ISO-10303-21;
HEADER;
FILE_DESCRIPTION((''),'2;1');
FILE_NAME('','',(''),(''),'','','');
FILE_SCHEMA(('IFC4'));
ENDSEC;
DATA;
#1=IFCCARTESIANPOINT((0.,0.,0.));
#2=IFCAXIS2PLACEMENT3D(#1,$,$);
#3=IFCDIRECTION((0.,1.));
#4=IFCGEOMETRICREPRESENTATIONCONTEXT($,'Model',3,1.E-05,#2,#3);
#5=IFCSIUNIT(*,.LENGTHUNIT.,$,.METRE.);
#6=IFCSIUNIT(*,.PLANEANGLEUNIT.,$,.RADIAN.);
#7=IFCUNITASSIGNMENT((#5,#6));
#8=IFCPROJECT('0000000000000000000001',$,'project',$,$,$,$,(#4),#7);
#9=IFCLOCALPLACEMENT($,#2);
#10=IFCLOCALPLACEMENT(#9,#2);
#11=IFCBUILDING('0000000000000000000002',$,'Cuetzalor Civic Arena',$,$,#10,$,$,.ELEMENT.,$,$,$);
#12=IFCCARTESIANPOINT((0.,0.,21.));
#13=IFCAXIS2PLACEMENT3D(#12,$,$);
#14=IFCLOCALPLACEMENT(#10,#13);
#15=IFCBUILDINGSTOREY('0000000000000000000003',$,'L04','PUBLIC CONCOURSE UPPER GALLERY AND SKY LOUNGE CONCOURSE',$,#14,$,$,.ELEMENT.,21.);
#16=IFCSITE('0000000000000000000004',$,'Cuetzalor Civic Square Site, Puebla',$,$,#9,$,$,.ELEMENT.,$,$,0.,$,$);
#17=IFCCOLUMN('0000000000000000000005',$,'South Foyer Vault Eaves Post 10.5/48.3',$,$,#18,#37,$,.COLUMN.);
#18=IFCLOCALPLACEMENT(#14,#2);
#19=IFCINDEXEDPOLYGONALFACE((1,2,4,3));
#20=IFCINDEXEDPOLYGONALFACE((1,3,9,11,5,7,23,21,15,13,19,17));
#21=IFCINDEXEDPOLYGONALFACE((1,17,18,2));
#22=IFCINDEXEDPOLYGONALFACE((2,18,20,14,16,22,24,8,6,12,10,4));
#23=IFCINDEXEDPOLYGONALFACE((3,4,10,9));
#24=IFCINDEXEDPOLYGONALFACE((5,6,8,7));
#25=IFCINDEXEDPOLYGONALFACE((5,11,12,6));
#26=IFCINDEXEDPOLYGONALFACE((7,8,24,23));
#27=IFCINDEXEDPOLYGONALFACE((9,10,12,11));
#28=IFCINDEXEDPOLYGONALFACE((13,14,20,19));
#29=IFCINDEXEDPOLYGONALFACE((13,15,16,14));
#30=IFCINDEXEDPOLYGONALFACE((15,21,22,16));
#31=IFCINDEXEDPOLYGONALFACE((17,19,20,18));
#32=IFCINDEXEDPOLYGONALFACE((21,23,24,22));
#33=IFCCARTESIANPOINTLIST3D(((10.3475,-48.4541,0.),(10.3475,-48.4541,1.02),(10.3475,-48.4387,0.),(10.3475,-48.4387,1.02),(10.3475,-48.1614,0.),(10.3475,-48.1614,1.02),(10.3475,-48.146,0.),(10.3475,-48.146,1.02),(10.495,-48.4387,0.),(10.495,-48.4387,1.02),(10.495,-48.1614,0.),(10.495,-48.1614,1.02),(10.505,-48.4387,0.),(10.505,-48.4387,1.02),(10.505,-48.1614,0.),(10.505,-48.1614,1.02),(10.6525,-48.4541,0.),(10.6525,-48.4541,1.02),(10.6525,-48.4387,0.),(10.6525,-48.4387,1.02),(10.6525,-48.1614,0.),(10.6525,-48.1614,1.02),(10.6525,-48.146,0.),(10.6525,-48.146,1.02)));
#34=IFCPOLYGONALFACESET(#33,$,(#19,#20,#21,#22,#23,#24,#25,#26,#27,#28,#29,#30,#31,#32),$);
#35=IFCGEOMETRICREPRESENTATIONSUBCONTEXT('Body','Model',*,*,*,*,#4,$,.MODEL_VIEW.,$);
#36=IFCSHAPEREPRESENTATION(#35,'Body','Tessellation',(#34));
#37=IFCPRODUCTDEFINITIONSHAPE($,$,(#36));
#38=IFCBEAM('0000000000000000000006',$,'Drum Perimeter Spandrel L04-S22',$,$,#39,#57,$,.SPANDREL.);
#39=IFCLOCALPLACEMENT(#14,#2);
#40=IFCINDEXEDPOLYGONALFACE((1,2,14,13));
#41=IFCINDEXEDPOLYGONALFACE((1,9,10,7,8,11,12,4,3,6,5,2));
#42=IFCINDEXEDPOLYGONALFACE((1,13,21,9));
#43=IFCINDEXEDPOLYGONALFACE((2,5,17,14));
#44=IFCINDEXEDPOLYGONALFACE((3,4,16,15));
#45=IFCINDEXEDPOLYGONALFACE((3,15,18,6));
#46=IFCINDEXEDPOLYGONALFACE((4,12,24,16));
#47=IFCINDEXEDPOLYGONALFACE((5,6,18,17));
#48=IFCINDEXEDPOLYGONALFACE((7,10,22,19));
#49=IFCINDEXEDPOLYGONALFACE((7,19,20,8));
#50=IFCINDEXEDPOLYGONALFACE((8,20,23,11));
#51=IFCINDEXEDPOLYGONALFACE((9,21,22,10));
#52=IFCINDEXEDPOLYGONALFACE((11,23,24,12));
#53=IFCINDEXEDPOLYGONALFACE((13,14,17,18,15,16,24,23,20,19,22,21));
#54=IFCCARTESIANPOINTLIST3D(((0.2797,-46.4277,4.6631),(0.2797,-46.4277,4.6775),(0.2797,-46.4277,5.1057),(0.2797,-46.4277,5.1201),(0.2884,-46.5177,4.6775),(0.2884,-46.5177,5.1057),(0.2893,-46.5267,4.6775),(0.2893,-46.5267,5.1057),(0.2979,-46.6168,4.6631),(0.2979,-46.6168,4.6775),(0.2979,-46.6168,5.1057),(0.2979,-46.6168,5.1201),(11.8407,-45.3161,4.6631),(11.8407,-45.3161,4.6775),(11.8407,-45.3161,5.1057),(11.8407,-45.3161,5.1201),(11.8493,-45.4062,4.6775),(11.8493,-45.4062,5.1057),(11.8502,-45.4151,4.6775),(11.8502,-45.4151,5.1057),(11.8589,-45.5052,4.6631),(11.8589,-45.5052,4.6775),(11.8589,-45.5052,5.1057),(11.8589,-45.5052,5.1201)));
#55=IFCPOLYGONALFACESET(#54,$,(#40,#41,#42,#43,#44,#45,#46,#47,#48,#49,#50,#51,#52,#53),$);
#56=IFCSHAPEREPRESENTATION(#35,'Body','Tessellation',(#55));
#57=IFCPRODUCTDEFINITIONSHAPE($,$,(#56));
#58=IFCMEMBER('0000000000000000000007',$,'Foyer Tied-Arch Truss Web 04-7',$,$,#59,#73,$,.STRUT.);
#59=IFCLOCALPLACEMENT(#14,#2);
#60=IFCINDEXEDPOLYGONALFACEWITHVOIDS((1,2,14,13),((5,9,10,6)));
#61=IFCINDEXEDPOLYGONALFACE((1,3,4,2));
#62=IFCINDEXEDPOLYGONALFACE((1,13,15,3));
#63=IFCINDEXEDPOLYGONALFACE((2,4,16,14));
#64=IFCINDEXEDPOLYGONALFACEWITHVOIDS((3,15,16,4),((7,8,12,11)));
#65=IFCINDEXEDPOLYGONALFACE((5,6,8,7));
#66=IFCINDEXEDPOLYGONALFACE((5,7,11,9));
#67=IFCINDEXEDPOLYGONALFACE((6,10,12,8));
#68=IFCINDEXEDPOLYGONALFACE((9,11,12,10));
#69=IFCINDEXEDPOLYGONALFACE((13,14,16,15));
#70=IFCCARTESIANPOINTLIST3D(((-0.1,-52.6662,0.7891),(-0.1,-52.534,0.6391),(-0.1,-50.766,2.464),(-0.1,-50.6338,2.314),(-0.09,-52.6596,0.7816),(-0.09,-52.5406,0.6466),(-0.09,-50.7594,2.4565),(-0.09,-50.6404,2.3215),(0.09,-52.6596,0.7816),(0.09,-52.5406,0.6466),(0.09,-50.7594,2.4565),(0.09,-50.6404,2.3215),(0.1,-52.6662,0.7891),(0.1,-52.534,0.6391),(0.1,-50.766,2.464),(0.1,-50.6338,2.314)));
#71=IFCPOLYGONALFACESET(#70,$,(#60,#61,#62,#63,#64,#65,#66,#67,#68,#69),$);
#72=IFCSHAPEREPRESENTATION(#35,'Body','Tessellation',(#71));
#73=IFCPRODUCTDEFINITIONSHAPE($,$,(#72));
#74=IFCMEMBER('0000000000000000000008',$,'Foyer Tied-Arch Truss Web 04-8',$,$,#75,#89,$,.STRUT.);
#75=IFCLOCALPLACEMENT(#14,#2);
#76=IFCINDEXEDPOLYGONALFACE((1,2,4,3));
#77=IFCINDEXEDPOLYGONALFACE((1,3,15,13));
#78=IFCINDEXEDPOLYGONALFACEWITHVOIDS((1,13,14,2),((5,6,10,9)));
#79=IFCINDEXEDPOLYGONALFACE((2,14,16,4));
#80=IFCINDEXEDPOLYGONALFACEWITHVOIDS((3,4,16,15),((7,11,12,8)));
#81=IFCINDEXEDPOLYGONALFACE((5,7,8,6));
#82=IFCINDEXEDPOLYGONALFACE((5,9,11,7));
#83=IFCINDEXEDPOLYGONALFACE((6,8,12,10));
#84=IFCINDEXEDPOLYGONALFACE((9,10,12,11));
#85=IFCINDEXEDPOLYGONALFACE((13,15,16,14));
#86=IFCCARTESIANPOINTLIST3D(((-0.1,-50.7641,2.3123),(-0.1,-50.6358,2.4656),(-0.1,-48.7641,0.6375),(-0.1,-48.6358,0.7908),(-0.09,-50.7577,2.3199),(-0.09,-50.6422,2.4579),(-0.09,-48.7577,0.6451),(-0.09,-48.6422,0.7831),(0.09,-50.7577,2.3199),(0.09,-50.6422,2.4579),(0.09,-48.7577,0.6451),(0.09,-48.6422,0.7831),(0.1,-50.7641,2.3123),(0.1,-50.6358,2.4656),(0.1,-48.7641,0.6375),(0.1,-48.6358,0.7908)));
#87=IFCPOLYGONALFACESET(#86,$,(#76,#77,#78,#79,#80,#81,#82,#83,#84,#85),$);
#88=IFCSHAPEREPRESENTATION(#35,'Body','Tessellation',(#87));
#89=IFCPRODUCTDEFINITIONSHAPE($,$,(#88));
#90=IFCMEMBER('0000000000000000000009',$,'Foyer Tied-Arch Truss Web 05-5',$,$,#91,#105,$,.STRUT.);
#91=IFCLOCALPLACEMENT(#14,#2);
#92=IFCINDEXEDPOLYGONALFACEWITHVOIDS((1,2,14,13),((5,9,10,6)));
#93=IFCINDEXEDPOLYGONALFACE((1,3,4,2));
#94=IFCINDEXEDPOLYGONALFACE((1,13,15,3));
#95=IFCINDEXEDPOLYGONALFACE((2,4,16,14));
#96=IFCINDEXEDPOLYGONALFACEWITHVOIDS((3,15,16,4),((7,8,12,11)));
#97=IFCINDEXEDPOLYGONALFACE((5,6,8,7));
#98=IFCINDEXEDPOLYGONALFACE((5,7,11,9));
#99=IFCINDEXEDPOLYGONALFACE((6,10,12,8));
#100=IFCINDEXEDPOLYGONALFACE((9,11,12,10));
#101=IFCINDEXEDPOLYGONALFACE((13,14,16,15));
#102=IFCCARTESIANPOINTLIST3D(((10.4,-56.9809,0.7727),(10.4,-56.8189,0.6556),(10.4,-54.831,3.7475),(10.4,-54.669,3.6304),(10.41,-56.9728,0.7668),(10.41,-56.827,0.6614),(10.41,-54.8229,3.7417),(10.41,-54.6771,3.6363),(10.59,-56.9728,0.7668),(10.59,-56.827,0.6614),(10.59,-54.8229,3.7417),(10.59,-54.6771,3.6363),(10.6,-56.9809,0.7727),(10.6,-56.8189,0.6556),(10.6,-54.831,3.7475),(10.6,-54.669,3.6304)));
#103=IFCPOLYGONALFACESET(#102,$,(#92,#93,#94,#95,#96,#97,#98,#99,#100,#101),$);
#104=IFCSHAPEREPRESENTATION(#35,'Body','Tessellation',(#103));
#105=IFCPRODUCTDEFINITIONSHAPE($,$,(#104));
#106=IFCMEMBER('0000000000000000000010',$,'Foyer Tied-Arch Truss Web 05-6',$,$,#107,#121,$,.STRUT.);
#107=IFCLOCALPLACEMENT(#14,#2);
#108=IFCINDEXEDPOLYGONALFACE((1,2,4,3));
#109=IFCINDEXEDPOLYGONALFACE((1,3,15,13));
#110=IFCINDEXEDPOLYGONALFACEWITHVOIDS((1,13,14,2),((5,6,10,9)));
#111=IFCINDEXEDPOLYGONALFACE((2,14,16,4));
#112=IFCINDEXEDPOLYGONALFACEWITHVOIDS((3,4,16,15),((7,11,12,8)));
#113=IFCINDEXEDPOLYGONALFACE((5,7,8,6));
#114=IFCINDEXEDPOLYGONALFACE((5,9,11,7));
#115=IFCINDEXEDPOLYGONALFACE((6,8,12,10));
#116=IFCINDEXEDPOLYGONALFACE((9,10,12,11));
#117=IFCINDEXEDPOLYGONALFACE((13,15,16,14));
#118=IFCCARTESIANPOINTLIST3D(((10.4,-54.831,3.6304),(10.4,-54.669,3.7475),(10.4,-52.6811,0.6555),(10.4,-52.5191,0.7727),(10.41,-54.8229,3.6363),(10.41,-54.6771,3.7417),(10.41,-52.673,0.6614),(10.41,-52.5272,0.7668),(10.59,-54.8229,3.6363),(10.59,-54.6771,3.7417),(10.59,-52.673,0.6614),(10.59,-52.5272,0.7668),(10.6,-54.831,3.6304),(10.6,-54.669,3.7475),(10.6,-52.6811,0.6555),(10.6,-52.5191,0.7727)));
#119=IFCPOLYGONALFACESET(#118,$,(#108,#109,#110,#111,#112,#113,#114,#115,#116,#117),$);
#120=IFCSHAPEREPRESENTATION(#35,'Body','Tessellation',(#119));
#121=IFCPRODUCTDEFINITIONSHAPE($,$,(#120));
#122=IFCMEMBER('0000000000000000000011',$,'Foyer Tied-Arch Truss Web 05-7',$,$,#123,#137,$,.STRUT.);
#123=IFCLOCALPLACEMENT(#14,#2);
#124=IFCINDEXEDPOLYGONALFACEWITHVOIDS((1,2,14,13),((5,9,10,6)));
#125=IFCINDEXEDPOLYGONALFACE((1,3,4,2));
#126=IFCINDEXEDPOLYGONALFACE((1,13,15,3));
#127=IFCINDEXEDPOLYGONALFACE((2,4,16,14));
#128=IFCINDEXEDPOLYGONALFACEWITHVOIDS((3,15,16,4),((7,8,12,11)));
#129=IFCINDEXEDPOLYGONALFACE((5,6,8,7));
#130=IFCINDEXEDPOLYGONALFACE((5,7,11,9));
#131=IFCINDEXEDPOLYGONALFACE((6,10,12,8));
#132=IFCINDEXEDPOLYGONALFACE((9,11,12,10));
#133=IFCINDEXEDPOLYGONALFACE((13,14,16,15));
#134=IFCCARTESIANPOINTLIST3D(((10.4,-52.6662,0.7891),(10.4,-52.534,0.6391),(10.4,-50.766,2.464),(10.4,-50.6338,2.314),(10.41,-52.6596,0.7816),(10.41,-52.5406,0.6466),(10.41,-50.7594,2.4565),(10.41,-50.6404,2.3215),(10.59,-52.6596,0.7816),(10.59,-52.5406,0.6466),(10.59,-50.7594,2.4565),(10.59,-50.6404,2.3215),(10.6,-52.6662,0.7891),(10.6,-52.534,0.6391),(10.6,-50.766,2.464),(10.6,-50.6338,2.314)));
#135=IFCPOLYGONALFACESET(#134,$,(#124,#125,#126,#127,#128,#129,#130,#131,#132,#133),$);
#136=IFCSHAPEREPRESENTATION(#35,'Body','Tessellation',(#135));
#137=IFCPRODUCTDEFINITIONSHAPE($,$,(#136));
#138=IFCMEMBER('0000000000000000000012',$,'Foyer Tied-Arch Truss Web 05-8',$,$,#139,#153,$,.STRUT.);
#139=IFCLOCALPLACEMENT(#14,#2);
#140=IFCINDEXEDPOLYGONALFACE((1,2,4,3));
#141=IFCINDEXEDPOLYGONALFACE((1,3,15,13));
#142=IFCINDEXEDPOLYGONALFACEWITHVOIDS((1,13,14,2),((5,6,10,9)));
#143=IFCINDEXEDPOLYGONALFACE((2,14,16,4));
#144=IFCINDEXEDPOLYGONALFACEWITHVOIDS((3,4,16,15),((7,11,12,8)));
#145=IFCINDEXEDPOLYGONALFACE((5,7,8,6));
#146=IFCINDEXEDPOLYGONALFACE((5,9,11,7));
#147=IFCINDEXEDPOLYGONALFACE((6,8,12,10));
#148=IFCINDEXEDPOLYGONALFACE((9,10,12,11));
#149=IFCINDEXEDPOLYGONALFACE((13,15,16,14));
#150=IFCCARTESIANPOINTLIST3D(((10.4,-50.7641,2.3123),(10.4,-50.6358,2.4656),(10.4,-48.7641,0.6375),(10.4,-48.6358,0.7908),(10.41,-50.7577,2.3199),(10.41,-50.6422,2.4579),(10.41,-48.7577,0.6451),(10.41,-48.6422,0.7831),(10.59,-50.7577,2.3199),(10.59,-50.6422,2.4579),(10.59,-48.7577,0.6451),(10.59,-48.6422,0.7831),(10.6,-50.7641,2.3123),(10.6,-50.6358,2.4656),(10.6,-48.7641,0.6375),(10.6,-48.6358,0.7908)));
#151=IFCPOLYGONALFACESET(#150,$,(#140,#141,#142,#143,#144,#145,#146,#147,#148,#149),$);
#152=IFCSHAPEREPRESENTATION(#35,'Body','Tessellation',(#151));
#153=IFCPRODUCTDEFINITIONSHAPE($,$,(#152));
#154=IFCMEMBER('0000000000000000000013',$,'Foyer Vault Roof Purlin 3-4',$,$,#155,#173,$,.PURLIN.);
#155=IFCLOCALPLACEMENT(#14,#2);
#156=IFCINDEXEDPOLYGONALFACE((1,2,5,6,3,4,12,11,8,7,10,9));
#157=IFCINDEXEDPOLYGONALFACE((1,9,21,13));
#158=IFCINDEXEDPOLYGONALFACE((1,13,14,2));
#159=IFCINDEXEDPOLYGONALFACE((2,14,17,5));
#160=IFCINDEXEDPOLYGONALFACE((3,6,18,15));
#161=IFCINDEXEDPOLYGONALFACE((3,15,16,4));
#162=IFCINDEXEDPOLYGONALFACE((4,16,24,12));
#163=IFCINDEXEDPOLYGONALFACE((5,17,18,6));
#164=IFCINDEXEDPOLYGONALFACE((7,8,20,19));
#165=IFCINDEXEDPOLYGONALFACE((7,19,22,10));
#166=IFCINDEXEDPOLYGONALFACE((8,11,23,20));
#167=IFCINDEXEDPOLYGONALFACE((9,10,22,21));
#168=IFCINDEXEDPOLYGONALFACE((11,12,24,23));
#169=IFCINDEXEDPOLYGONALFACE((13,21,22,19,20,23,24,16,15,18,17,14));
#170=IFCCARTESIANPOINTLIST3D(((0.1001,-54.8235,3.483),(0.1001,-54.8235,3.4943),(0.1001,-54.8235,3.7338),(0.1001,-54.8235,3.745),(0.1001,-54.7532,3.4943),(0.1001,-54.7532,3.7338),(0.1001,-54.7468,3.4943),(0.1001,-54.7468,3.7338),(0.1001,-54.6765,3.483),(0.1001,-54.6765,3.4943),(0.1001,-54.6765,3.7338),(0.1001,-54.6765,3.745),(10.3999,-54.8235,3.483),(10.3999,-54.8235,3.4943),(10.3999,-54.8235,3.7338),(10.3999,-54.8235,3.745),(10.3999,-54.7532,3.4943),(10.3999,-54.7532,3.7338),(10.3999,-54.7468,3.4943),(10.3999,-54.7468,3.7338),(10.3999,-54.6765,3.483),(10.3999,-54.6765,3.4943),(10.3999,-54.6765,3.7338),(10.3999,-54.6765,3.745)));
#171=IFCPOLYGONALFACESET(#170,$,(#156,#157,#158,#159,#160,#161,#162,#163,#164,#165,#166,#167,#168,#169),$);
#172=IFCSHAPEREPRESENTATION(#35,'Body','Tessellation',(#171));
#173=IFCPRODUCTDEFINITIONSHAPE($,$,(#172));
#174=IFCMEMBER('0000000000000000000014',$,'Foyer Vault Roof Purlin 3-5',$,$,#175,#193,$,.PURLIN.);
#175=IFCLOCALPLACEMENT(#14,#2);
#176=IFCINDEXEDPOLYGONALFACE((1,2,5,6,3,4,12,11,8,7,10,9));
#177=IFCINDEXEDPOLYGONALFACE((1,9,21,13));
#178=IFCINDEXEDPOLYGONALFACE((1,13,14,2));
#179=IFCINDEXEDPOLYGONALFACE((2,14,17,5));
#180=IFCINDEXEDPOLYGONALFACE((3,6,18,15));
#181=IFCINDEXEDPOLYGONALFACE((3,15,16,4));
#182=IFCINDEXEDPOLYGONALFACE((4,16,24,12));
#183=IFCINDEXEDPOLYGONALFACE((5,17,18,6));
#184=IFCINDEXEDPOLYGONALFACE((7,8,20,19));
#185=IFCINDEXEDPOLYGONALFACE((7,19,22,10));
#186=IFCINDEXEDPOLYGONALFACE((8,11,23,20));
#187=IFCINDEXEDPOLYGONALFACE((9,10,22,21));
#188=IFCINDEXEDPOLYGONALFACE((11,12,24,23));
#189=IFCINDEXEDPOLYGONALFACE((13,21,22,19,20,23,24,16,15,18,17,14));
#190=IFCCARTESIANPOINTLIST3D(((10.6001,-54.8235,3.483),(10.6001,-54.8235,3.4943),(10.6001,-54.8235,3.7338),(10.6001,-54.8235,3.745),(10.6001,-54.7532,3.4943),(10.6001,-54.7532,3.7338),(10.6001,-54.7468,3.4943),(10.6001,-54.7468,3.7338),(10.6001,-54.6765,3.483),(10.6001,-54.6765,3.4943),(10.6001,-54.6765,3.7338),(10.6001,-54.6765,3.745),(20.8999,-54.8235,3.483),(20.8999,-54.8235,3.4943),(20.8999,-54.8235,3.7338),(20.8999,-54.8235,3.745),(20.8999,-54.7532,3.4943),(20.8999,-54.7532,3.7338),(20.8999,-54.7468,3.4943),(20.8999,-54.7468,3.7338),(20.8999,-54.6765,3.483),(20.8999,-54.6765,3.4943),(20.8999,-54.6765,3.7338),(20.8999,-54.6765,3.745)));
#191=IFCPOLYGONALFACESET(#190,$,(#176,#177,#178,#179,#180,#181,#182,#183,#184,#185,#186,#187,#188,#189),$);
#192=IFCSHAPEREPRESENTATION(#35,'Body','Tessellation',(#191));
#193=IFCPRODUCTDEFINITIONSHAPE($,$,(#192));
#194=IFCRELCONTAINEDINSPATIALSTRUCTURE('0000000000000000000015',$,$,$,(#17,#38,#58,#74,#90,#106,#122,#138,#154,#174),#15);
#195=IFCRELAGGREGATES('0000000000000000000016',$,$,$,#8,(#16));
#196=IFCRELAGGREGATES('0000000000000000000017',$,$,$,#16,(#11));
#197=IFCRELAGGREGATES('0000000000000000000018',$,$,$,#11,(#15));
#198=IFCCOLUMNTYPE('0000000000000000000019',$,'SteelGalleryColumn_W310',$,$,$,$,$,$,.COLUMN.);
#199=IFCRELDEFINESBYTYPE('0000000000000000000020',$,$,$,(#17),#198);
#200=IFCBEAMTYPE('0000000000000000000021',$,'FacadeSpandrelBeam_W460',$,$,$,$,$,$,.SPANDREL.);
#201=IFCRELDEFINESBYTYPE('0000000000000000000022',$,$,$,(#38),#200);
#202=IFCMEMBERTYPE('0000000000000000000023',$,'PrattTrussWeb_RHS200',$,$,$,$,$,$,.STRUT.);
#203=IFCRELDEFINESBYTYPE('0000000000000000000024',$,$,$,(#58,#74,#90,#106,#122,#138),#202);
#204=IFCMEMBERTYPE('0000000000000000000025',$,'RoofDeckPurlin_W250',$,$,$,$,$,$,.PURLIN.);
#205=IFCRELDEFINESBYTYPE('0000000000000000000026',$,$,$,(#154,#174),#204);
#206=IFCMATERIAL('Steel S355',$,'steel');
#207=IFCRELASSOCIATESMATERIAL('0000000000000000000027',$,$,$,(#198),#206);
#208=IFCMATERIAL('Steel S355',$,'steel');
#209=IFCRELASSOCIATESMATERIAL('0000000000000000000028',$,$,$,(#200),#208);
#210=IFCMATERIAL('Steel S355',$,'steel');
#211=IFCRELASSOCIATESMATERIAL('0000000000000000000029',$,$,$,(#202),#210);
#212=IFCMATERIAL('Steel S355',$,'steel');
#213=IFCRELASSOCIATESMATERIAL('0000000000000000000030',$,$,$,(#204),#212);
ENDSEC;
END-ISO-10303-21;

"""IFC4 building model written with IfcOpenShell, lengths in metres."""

from ifc_helpers import new_model, si_unit, direction, frame, origin, origin_2d, place, context, subcontext, project, spatial, hollow_rectangle, i_section, extrude, material, material_profile, profile_set, type_object, element, save


model = new_model("IFC4")

# Units and contexts
model_context = context("Model", 3, precision=1e-05, world=origin(), true_north=direction((0.0, 1.0)))
body_context = subcontext(model_context, "Body", "Model", "MODEL_VIEW")
ifc_project = project(units=[si_unit("LENGTHUNIT", "METRE"), si_unit("PLANEANGLEUNIT", "RADIAN")], contexts=[model_context])

# Site, building, storey
site_placement = place(None, origin())
site = spatial("IfcSite", under=ifc_project, at=site_placement, Name="Cuetzalor Civic Square Site, Puebla", CompositionType="ELEMENT", RefElevation=0.0)
building_placement = place(site_placement, origin())
building = spatial("IfcBuilding", under=site, at=building_placement, Name="Cuetzalor Civic Arena", CompositionType="ELEMENT")
storey_placement = place(building_placement, frame((0.0, 0.0, 21.0)))
storey = spatial("IfcBuildingStorey", under=building, at=storey_placement, Name="L04", Description="PUBLIC CONCOURSE UPPER GALLERY AND SKY LOUNGE CONCOURSE", CompositionType="ELEMENT", Elevation=21.0)

# Column
ifc_material_1 = material(Name="Steel S355", Category="steel")
ifc_material_profile_1 = material_profile(ifc_material_1, i_section(OverallWidth=0.3049, OverallDepth=0.3081, WebThickness=0.01, FlangeThickness=0.0154, at=origin_2d()), Name="W310x97")
ifc_profile_set_1 = profile_set([ifc_material_profile_1], Name="Steel S355")
column_type = type_object("IfcColumnType", Name="SteelGalleryColumn_W310", PredefinedType="COLUMN", material=ifc_profile_set_1)
column_placement = place(storey_placement, frame((10.5, -48.3, 0.0), z_axis=(0.0, 0.0, 1.0), x_axis=(1.0, 0.0, 0.0)))
element("IfcColumn", 1, at=column_placement, inside=storey, type_object=column_type, Name="South Foyer Vault Eaves Post 10.5/48.3", PredefinedType="COLUMN", context=body_context, shape_type="SweptSolid", body=[
    extrude(i_section(OverallWidth=0.3049, OverallDepth=0.3081, WebThickness=0.01, FlangeThickness=0.0154, at=origin_2d()), origin(), (0.0, 0.0, 1.0), 1.02),
])

# Beam
ifc_material_2 = material(Name="Steel S355", Category="steel")
ifc_material_profile_2 = material_profile(ifc_material_2, i_section(OverallWidth=0.1899, OverallDepth=0.457, WebThickness=0.009, FlangeThickness=0.0144, at=origin_2d()), Name="W460x74")
ifc_profile_set_2 = profile_set([ifc_material_profile_2], Name="Steel S355")
beam_type_1 = type_object("IfcBeamType", Name="FacadeSpandrelBeam_W460", PredefinedType="SPANDREL", material=ifc_profile_set_2)
beam_1_placement = place(storey_placement, frame((0.2888, -46.5222, 4.8916), z_axis=(0.99541, 0.095707, 0.0), x_axis=(-0.095707, 0.99541, 0.0)))
element("IfcBeam", 2, at=beam_1_placement, inside=storey, type_object=beam_type_1, Name="Drum Perimeter Spandrel L04-S22", PredefinedType="SPANDREL", context=body_context, shape_type="SweptSolid", body=[
    extrude(i_section(OverallWidth=0.1899, OverallDepth=0.457, WebThickness=0.009, FlangeThickness=0.0144, at=origin_2d()), origin(), (0.0, 0.0, 1.0), 11.6143),
])

# Members
ifc_material_3 = material(Name="Steel S355", Category="steel")
ifc_material_profile_3 = material_profile(ifc_material_3, hollow_rectangle(XDim=0.2, YDim=0.2, WallThickness=0.01, at=origin_2d()), Name="RHS 200x200x10")
ifc_profile_set_3 = profile_set([ifc_material_profile_3], Name="Steel S355")
member_type_1 = type_object("IfcMemberType", Name="PrattTrussWeb_RHS200", PredefinedType="STRUT", material=ifc_profile_set_3)
member_1_placement = place(storey_placement, frame((0.0, -52.6001, 0.7141), z_axis=(0.0, 0.750189, 0.661223), x_axis=(-1.0, 0.0, 0.0)))
element("IfcMember", 3, at=member_1_placement, inside=storey, type_object=member_type_1, Name="Foyer Tied-Arch Truss Web 04-7", PredefinedType="STRUT", context=body_context, shape_type="SweptSolid", body=[
    extrude(hollow_rectangle(XDim=0.2, YDim=0.2, WallThickness=0.01, at=origin_2d()), origin(), (0.0, 0.0, 1.0), 2.533),
])
member_2_placement = place(storey_placement, frame((0.0, -50.7, 2.3889), z_axis=(0.0, 0.766685, -0.642024), x_axis=(-1.0, 0.0, 0.0)))
element("IfcMember", 4, at=member_2_placement, inside=storey, type_object=member_type_1, Name="Foyer Tied-Arch Truss Web 04-8", PredefinedType="STRUT", context=body_context, shape_type="SweptSolid", body=[
    extrude(hollow_rectangle(XDim=0.2, YDim=0.2, WallThickness=0.01, at=origin_2d()), origin(), (0.0, 0.0, 1.0), 2.6086),
])
for number, where, z_axis, x_axis, name in (
    (5, (10.5, -56.8999, 0.7141), (0.0, 0.585741, 0.810499), (-1.0, 0.0, 0.0), "Foyer Tied-Arch Truss Web 05-5"),
    (6, (10.5, -54.75, 3.689), (0.0, 0.585741, -0.810499), (-1.0, 0.0, 0.0), "Foyer Tied-Arch Truss Web 05-6"),
):
    element("IfcMember", number, at=place(storey_placement, frame(where, z_axis=z_axis, x_axis=x_axis)), inside=storey, type_object=member_type_1, Name=name, PredefinedType="STRUT", context=body_context, shape_type="SweptSolid", body=[
        extrude(hollow_rectangle(XDim=0.2, YDim=0.2, WallThickness=0.01, at=origin_2d()), origin(), (0.0, 0.0, 1.0), 3.6704),
    ])
member_3_placement = place(storey_placement, frame((10.5, -52.6001, 0.7141), z_axis=(0.0, 0.750189, 0.661223), x_axis=(-1.0, 0.0, 0.0)))
element("IfcMember", 7, at=member_3_placement, inside=storey, type_object=member_type_1, Name="Foyer Tied-Arch Truss Web 05-7", PredefinedType="STRUT", context=body_context, shape_type="SweptSolid", body=[
    extrude(hollow_rectangle(XDim=0.2, YDim=0.2, WallThickness=0.01, at=origin_2d()), origin(), (0.0, 0.0, 1.0), 2.533),
])
member_4_placement = place(storey_placement, frame((10.5, -50.7, 2.3889), z_axis=(0.0, 0.766685, -0.642024), x_axis=(-1.0, 0.0, 0.0)))
element("IfcMember", 8, at=member_4_placement, inside=storey, type_object=member_type_1, Name="Foyer Tied-Arch Truss Web 05-8", PredefinedType="STRUT", context=body_context, shape_type="SweptSolid", body=[
    extrude(hollow_rectangle(XDim=0.2, YDim=0.2, WallThickness=0.01, at=origin_2d()), origin(), (0.0, 0.0, 1.0), 2.6086),
])
ifc_material_4 = material(Name="Steel S355", Category="steel")
ifc_material_profile_4 = material_profile(ifc_material_4, i_section(OverallWidth=0.147, OverallDepth=0.262, WebThickness=0.0063, FlangeThickness=0.0112, at=origin_2d()), Name="W250x39")
ifc_profile_set_4 = profile_set([ifc_material_profile_4], Name="Steel S355")
member_type_2 = type_object("IfcMemberType", Name="RoofDeckPurlin_W250", PredefinedType="PURLIN", material=ifc_profile_set_4)
for number, where, z_axis, x_axis, name in (
    (9, (0.1001, -54.75, 3.614), (1.0, 0.0, 0.0), (0.0, 1.0, 0.0), "Foyer Vault Roof Purlin 3-4"),
    (10, (10.6001, -54.75, 3.614), (1.0, 0.0, 0.0), (0.0, 1.0, 0.0), "Foyer Vault Roof Purlin 3-5"),
):
    element("IfcMember", number, at=place(storey_placement, frame(where, z_axis=z_axis, x_axis=x_axis)), inside=storey, type_object=member_type_2, Name=name, PredefinedType="PURLIN", context=body_context, shape_type="SweptSolid", body=[
        extrude(i_section(OverallWidth=0.147, OverallDepth=0.262, WebThickness=0.0063, FlangeThickness=0.0112, at=origin_2d()), origin(), (0.0, 0.0, 1.0), 10.2998),
    ])

save(model, "model.ifc")
